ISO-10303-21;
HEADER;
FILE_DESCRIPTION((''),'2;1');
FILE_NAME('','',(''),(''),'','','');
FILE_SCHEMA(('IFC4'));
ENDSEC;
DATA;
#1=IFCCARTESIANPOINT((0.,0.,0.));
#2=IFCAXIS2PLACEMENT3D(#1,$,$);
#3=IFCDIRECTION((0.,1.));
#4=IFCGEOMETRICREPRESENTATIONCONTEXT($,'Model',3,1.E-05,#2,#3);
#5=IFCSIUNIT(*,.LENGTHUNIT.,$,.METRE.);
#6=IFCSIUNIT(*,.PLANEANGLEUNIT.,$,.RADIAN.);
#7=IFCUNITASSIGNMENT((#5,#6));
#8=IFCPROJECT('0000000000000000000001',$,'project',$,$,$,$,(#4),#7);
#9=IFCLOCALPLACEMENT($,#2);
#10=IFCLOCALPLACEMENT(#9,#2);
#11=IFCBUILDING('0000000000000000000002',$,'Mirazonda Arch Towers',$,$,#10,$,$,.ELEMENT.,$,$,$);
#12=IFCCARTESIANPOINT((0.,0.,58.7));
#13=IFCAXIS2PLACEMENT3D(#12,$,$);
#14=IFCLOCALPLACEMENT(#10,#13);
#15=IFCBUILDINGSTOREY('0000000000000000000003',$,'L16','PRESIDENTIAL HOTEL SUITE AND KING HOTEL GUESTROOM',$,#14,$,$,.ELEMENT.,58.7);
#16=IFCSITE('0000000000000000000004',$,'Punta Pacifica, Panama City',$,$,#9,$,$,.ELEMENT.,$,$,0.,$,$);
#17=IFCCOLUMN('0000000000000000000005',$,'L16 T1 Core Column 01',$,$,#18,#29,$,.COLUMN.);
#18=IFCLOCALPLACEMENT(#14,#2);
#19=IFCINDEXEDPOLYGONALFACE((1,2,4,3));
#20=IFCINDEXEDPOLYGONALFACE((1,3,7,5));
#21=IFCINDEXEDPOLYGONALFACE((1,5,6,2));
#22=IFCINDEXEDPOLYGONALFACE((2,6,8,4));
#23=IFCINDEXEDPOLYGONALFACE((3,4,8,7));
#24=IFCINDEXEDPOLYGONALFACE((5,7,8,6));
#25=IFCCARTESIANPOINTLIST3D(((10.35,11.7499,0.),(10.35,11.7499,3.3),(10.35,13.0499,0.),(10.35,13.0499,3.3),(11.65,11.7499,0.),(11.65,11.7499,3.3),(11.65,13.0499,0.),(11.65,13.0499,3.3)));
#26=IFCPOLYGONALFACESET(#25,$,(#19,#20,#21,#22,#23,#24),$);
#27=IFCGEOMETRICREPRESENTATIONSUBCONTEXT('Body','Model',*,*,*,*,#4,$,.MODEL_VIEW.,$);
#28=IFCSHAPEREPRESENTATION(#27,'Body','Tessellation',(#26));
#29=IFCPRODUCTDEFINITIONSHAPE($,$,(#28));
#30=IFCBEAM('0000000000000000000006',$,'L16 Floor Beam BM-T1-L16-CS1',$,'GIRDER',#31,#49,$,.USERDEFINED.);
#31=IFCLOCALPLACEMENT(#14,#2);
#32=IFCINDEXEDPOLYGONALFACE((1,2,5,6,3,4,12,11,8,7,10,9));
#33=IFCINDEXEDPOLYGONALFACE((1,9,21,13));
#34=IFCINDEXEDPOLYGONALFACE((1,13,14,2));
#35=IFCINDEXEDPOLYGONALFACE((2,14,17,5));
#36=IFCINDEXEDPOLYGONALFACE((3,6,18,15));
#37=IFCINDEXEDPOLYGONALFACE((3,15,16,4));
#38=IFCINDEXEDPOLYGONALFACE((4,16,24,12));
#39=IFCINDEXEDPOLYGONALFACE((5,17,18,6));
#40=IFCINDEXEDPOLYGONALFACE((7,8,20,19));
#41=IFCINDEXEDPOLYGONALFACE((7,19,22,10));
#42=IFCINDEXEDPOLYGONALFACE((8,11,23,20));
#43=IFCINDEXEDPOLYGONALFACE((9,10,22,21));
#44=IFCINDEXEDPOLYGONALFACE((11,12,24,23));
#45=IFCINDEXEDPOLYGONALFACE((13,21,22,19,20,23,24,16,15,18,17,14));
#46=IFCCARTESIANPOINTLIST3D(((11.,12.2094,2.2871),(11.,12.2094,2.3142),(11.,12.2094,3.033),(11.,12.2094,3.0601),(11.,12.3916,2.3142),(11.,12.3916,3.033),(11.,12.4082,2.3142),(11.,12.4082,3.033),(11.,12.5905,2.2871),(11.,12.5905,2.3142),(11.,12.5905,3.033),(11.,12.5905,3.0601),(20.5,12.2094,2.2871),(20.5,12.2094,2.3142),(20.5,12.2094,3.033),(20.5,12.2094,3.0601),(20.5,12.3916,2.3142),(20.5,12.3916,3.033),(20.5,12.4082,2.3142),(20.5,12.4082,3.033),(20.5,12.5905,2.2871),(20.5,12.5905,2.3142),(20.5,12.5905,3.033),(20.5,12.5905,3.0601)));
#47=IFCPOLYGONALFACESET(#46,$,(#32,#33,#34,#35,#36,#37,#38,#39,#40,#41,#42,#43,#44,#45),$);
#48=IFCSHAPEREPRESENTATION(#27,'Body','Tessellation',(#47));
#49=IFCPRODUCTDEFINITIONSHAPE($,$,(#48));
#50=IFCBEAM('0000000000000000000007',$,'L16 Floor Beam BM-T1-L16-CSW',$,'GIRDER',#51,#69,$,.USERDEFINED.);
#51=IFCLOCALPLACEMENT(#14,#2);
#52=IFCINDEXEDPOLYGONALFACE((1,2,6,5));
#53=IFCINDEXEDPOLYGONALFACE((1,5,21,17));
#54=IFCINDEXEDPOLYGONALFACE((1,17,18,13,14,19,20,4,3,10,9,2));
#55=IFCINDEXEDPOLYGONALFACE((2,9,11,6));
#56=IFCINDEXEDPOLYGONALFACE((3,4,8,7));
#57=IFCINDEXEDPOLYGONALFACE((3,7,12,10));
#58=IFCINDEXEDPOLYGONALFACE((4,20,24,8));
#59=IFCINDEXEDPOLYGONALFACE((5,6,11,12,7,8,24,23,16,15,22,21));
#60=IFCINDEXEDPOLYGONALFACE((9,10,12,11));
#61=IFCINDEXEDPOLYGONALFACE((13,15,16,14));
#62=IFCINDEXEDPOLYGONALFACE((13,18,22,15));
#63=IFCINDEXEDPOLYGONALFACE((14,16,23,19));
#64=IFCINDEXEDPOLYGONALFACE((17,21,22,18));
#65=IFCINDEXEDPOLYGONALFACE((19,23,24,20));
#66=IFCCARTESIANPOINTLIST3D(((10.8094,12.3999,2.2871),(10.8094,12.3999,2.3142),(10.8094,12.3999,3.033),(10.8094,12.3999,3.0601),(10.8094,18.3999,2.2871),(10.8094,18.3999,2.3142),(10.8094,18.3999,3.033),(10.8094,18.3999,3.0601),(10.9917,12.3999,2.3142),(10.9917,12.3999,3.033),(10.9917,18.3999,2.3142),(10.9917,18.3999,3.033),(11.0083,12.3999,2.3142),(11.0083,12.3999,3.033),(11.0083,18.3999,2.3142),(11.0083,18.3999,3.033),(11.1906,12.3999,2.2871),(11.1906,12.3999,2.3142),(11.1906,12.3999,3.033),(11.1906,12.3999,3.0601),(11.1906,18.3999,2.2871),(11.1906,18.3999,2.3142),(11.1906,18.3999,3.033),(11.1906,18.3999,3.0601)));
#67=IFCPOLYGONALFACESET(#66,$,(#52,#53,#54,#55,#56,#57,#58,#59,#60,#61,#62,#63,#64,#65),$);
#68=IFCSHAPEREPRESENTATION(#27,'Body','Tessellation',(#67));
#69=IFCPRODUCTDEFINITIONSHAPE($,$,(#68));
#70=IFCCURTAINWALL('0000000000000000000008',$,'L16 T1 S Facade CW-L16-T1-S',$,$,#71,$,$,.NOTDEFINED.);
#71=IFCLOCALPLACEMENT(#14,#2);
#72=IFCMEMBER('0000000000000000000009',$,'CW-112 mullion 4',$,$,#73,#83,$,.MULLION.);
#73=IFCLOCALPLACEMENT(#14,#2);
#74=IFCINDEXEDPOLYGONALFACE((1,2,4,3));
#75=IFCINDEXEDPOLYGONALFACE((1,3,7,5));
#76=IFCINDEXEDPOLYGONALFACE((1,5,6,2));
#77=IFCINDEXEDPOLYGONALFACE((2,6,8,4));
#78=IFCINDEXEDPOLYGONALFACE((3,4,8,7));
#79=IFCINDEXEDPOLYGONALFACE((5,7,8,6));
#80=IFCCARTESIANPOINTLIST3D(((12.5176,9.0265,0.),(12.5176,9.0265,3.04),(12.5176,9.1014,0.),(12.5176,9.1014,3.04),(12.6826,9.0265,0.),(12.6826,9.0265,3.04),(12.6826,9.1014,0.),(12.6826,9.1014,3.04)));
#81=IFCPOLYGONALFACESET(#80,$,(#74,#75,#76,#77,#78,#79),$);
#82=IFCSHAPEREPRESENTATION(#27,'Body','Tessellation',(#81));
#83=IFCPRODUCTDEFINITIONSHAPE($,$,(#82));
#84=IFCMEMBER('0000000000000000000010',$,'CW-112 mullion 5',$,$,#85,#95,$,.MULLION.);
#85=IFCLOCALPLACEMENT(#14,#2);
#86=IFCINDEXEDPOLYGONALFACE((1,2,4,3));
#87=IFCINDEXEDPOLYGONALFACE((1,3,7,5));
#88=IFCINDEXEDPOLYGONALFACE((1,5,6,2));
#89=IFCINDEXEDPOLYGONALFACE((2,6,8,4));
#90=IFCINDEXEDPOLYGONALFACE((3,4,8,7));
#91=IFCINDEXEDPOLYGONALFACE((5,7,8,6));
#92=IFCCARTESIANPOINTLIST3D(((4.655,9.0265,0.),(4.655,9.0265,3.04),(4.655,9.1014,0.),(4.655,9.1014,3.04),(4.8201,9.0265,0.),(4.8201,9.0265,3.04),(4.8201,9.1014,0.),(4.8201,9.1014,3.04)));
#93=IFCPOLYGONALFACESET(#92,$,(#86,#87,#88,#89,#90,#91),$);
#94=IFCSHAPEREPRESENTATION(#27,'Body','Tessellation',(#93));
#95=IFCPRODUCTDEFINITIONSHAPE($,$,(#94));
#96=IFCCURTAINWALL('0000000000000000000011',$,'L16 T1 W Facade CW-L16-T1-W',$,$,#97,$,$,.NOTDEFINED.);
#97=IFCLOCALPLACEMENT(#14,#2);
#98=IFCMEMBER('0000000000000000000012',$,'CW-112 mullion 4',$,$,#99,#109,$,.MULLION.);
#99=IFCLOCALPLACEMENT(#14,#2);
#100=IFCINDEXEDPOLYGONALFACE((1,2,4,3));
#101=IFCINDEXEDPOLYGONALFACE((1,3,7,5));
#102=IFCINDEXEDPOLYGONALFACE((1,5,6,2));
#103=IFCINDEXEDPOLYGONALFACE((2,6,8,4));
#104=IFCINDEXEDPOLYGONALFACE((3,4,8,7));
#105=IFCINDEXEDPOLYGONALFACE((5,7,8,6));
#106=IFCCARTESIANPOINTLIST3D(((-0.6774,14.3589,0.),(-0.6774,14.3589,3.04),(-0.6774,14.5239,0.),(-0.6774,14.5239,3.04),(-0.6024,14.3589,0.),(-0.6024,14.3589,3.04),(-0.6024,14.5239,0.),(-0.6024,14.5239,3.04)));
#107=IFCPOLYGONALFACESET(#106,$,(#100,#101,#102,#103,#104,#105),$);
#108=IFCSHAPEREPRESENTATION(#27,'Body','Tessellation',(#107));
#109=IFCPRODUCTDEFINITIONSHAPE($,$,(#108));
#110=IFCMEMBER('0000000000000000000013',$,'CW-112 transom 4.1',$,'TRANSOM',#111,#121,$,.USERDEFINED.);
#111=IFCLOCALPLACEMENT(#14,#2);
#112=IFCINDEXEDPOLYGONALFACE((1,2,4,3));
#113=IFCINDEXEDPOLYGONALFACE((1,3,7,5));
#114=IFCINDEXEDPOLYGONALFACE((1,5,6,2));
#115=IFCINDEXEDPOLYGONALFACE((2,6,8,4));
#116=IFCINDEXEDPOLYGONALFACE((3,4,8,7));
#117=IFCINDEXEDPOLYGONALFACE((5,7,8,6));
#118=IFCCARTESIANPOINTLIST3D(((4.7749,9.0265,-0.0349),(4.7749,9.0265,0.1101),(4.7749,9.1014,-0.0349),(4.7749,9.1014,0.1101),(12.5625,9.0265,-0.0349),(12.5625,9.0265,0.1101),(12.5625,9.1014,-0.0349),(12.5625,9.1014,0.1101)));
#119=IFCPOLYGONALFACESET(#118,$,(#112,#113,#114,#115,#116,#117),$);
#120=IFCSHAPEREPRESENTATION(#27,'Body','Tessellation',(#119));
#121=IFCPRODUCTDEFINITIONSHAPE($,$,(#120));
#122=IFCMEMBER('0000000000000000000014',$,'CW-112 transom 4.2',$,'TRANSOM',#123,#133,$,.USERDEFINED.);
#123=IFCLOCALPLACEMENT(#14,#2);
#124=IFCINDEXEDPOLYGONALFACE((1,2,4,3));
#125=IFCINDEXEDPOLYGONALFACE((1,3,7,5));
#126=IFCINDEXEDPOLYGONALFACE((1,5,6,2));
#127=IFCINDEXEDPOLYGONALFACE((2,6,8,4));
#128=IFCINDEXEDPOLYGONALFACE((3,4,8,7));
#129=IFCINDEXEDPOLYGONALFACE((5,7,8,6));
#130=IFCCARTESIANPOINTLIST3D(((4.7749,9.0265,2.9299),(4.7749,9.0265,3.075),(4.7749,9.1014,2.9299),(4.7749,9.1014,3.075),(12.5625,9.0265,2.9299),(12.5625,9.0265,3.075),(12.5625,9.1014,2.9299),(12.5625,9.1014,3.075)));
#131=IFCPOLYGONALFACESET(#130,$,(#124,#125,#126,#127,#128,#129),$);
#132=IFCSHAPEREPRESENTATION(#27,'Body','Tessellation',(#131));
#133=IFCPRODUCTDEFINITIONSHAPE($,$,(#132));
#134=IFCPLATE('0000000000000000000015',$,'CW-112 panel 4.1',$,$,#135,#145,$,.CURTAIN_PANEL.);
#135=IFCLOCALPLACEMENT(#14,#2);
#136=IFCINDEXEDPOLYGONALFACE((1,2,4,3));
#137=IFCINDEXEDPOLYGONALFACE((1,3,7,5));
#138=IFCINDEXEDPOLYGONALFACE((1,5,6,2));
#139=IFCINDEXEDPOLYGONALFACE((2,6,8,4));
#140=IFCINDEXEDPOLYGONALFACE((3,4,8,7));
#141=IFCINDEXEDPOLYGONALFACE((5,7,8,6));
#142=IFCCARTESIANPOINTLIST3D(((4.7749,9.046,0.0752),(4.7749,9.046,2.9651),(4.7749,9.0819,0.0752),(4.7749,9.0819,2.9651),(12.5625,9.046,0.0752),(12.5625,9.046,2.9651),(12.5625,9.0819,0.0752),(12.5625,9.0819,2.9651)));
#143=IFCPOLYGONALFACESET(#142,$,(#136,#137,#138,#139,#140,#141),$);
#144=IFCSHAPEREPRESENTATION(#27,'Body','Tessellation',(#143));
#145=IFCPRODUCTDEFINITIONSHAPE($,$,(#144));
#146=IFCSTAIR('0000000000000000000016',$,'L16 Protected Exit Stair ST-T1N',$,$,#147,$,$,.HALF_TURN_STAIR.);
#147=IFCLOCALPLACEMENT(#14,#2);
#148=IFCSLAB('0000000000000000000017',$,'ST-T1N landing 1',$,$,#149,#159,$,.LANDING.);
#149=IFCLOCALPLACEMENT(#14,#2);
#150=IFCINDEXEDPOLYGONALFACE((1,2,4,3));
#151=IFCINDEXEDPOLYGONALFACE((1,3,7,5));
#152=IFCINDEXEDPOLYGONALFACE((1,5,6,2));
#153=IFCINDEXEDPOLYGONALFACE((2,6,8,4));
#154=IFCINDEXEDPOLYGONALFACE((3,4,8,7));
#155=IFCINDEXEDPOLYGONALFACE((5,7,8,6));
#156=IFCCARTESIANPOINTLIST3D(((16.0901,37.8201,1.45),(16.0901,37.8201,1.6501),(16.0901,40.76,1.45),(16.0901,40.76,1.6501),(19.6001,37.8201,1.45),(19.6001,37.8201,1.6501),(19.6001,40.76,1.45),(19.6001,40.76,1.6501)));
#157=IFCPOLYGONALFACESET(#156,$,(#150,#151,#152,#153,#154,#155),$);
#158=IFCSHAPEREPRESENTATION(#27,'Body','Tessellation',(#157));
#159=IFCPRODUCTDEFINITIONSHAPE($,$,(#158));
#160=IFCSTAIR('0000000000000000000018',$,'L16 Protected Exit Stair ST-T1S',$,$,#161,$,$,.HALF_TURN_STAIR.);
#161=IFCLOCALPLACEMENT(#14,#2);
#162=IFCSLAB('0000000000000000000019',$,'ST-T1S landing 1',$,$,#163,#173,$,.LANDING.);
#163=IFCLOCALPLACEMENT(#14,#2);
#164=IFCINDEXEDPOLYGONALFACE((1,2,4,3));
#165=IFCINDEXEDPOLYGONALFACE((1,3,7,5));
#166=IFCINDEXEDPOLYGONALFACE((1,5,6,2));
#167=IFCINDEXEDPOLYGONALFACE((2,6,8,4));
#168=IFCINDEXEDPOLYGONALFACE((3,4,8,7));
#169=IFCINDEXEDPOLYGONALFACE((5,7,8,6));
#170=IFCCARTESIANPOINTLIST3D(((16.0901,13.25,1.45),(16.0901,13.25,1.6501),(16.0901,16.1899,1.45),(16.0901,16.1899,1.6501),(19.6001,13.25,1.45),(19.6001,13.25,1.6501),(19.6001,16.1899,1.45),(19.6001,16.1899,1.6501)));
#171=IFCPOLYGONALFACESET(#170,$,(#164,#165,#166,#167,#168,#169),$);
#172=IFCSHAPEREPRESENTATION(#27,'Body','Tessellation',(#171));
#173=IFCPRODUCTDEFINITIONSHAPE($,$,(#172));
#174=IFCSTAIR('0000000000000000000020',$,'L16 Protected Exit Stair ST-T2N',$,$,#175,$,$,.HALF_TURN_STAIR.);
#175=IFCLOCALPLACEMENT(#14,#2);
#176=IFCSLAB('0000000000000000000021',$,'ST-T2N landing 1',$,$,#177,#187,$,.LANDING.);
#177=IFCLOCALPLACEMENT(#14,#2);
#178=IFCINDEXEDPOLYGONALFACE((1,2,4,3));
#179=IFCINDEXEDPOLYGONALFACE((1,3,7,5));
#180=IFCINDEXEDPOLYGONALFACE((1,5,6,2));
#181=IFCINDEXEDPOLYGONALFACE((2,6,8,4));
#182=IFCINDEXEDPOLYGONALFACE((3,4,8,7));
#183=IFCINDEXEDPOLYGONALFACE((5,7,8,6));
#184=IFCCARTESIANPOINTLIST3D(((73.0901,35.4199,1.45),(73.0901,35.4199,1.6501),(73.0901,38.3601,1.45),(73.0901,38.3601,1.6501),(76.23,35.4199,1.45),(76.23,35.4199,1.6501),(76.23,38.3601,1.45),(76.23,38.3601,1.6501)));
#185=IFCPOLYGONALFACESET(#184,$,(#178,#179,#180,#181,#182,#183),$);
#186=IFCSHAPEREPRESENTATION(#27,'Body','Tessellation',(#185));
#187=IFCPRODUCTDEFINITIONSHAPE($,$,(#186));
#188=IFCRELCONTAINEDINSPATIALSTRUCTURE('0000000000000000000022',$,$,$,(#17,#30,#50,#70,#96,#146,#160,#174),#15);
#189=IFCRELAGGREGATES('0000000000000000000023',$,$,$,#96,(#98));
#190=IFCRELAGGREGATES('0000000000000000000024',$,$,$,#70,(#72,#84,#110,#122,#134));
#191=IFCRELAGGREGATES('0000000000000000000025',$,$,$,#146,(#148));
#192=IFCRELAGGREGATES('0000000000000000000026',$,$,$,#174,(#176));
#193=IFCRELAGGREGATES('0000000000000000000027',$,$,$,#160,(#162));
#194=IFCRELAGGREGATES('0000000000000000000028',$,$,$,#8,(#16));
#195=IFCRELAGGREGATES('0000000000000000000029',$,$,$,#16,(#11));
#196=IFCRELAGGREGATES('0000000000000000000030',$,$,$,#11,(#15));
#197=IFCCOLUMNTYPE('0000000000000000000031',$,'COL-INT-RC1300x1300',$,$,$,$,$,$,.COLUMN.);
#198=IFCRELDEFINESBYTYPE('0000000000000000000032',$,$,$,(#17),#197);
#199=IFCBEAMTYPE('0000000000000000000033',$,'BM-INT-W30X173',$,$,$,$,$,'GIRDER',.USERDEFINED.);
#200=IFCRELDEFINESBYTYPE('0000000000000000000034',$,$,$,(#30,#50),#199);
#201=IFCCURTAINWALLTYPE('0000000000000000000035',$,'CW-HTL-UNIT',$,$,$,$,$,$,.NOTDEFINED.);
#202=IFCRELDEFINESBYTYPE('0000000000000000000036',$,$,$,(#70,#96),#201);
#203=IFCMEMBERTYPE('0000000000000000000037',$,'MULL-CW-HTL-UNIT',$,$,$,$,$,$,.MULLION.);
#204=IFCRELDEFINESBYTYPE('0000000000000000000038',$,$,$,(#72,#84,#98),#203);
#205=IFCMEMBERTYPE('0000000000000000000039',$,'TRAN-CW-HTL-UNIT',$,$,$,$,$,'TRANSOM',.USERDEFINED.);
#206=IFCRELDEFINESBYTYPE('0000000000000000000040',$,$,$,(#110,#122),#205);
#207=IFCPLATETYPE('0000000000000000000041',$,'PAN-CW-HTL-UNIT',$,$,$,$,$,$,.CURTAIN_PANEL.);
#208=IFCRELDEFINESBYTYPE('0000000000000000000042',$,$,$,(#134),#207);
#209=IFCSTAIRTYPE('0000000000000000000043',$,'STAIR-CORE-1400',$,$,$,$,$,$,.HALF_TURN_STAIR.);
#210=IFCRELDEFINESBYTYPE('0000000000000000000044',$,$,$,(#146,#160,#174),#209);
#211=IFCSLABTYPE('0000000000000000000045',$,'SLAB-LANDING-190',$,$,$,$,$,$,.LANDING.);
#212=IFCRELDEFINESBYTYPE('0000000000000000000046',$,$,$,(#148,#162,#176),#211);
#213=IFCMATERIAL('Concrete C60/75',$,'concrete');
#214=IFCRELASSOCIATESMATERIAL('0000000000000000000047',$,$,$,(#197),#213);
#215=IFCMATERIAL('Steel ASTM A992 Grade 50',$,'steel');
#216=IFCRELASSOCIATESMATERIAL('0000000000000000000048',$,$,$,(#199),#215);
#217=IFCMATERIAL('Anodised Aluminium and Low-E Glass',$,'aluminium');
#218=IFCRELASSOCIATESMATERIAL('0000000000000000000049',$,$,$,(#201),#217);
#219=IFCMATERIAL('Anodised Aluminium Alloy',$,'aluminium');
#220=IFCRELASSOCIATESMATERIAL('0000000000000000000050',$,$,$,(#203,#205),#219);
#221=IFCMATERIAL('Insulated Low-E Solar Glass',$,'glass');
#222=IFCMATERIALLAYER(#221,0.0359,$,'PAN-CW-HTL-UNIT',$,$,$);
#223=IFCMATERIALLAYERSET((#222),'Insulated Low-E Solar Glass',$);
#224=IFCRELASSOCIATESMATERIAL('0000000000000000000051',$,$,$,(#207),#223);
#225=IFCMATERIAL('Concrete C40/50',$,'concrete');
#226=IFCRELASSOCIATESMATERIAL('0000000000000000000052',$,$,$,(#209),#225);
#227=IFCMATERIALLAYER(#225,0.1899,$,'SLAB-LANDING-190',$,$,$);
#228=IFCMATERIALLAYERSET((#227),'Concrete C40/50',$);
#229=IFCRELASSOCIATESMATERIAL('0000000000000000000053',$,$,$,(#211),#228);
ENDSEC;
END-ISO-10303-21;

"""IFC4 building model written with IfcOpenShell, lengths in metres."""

from ifc_helpers import new_model, si_unit, direction, frame, origin, origin_2d, place, context, subcontext, project, spatial, polyline, rectangle, i_section, outline, extrude, material, layer, layer_set, material_profile, profile_set, type_object, element, aggregate, save


model = new_model("IFC4")

# Units and contexts
model_context = context("Model", 3, precision=1e-05, world=origin(), true_north=direction((0.0, 1.0)))
body_context = subcontext(model_context, "Body", "Model", "MODEL_VIEW")
ifc_project = project(units=[si_unit("LENGTHUNIT", "METRE"), si_unit("PLANEANGLEUNIT", "RADIAN")], contexts=[model_context])

# Site, building, storey
site_placement = place(None, origin())
site = spatial("IfcSite", under=ifc_project, at=site_placement, Name="Punta Pacifica, Panama City", CompositionType="ELEMENT", RefElevation=0.0)
building_placement = place(site_placement, origin())
building = spatial("IfcBuilding", under=site, at=building_placement, Name="Mirazonda Arch Towers", CompositionType="ELEMENT")
storey_placement = place(building_placement, frame((0.0, 0.0, 58.7)))
storey = spatial("IfcBuildingStorey", under=building, at=storey_placement, Name="L16", Description="PRESIDENTIAL HOTEL SUITE AND KING HOTEL GUESTROOM", CompositionType="ELEMENT", Elevation=58.7)

# Column
ifc_material_1 = material(Name="Concrete C60/75", Category="concrete")
ifc_material_profile_1 = material_profile(ifc_material_1, rectangle(XDim=1.3, YDim=1.3, at=origin_2d()), Name="RC1300x1300")
ifc_profile_set_1 = profile_set([ifc_material_profile_1], Name="Concrete C60/75")
column_type = type_object("IfcColumnType", Name="COL-INT-RC1300x1300", PredefinedType="COLUMN", material=ifc_profile_set_1)
column_placement = place(storey_placement, frame((11.0, 12.3999, 0.0), z_axis=(0.0, 0.0, 1.0), x_axis=(1.0, 0.0, 0.0)))
element("IfcColumn", 1, at=column_placement, inside=storey, type_object=column_type, Name="L16 T1 Core Column 01", PredefinedType="COLUMN", context=body_context, shape_type="SweptSolid", body=[
    extrude(rectangle(XDim=1.3, YDim=1.3, at=origin_2d()), origin(), (0.0, 0.0, 1.0), 3.3),
])

# Beams
ifc_material_2 = material(Name="Steel ASTM A992 Grade 50", Category="steel")
ifc_material_profile_2 = material_profile(ifc_material_2, i_section(OverallWidth=0.3811, OverallDepth=0.7729, WebThickness=0.0166, FlangeThickness=0.0271, at=origin_2d()), Name="W30X173")
ifc_profile_set_2 = profile_set([ifc_material_profile_2], Name="Steel ASTM A992 Grade 50")
beam_type = type_object("IfcBeamType", Name="BM-INT-W30X173", ElementType="GIRDER", PredefinedType="USERDEFINED", material=ifc_profile_set_2)
beam_1_placement = place(storey_placement, frame((11.0, 12.3999, 2.6736), z_axis=(1.0, 0.0, 0.0), x_axis=(0.0, 1.0, 0.0)))
element("IfcBeam", 2, at=beam_1_placement, inside=storey, type_object=beam_type, Name="L16 Floor Beam BM-T1-L16-CS1", ObjectType="GIRDER", PredefinedType="USERDEFINED", context=body_context, shape_type="SweptSolid", body=[
    extrude(i_section(OverallWidth=0.3811, OverallDepth=0.7729, WebThickness=0.0166, FlangeThickness=0.0271, at=origin_2d()), origin(), (0.0, 0.0, 1.0), 9.5),
])
beam_2_placement = place(storey_placement, frame((11.0, 12.3999, 2.6736), z_axis=(0.0, 1.0, 0.0), x_axis=(-1.0, 0.0, 0.0)))
element("IfcBeam", 3, at=beam_2_placement, inside=storey, type_object=beam_type, Name="L16 Floor Beam BM-T1-L16-CSW", ObjectType="GIRDER", PredefinedType="USERDEFINED", context=body_context, shape_type="SweptSolid", body=[
    extrude(i_section(OverallWidth=0.3811, OverallDepth=0.7729, WebThickness=0.0166, FlangeThickness=0.0271, at=origin_2d()), origin(), (0.0, 0.0, 1.0), 6.0),
])

# Curtain wall, members
ifc_material_3 = material(Name="Anodised Aluminium and Low-E Glass", Category="aluminium")
curtain_wall_type = type_object("IfcCurtainWallType", Name="CW-HTL-UNIT", PredefinedType="NOTDEFINED", material=ifc_material_3)
curtain_wall_1_placement = place(storey_placement, origin())
curtain_wall_1 = element("IfcCurtainWall", 4, at=curtain_wall_1_placement, inside=storey, type_object=curtain_wall_type, Name="L16 T1 S Facade CW-L16-T1-S", PredefinedType="NOTDEFINED")
ifc_material_4 = material(Name="Anodised Aluminium Alloy", Category="aluminium")
ifc_material_profile_3 = material_profile(ifc_material_4, rectangle(XDim=0.075, YDim=0.165, at=origin_2d()), Name="ALU-MULL-75x165")
ifc_profile_set_3 = profile_set([ifc_material_profile_3], Name="Anodised Aluminium Alloy")
member_type_1 = type_object("IfcMemberType", Name="MULL-CW-HTL-UNIT", PredefinedType="MULLION", material=ifc_profile_set_3)
member_1_placement = place(storey_placement, frame((12.6001, 9.064, 0.0), z_axis=(0.0, 0.0, 1.0), x_axis=(0.0, -1.0, 0.0)))
member_1 = element("IfcMember", 5, at=member_1_placement, type_object=member_type_1, Name="CW-112 mullion 4", PredefinedType="MULLION", context=body_context, shape_type="SweptSolid", body=[
    extrude(rectangle(XDim=0.075, YDim=0.165, at=origin_2d()), origin(), (0.0, 0.0, 1.0), 3.04),
])
member_2_placement = place(storey_placement, frame((4.7375, 9.064, 0.0), z_axis=(0.0, 0.0, 1.0), x_axis=(0.0, -1.0, 0.0)))
member_2 = element("IfcMember", 6, at=member_2_placement, type_object=member_type_1, Name="CW-112 mullion 5", PredefinedType="MULLION", context=body_context, shape_type="SweptSolid", body=[
    extrude(rectangle(XDim=0.075, YDim=0.165, at=origin_2d()), origin(), (0.0, 0.0, 1.0), 3.04),
])

# Curtain wall, member
curtain_wall_2_placement = place(storey_placement, origin())
curtain_wall_2 = element("IfcCurtainWall", 7, at=curtain_wall_2_placement, inside=storey, type_object=curtain_wall_type, Name="L16 T1 W Facade CW-L16-T1-W", PredefinedType="NOTDEFINED")
member_3_placement = place(storey_placement, frame((-0.6399, 14.4414, 0.0), z_axis=(0.0, 0.0, 1.0), x_axis=(1.0, 0.0, 0.0)))
member_3 = element("IfcMember", 8, at=member_3_placement, type_object=member_type_1, Name="CW-112 mullion 4", PredefinedType="MULLION", context=body_context, shape_type="SweptSolid", body=[
    extrude(rectangle(XDim=0.075, YDim=0.165, at=origin_2d()), origin(), (0.0, 0.0, 1.0), 3.04),
])
aggregate(curtain_wall_2, [member_3])

# Members
ifc_material_profile_4 = material_profile(ifc_material_4, rectangle(XDim=0.075, YDim=0.145, at=origin_2d()), Name="ALU-TRAN-75x145")
ifc_profile_set_4 = profile_set([ifc_material_profile_4], Name="Anodised Aluminium Alloy")
member_type_2 = type_object("IfcMemberType", Name="TRAN-CW-HTL-UNIT", ElementType="TRANSOM", PredefinedType="USERDEFINED", material=ifc_profile_set_4)
member_4_placement = place(storey_placement, frame((12.5625, 9.064, 0.0376), z_axis=(-1.0, 0.0, 0.0), x_axis=(0.0, -1.0, 0.0)))
member_4 = element("IfcMember", 9, at=member_4_placement, type_object=member_type_2, Name="CW-112 transom 4.1", ObjectType="TRANSOM", PredefinedType="USERDEFINED", context=body_context, shape_type="SweptSolid", body=[
    extrude(rectangle(XDim=0.075, YDim=0.145, at=origin_2d()), origin(), (0.0, 0.0, 1.0), 7.7876),
])
member_5_placement = place(storey_placement, frame((12.5625, 9.064, 3.0024), z_axis=(-1.0, 0.0, 0.0), x_axis=(0.0, -1.0, 0.0)))
member_5 = element("IfcMember", 10, at=member_5_placement, type_object=member_type_2, Name="CW-112 transom 4.2", ObjectType="TRANSOM", PredefinedType="USERDEFINED", context=body_context, shape_type="SweptSolid", body=[
    extrude(rectangle(XDim=0.075, YDim=0.145, at=origin_2d()), origin(), (0.0, 0.0, 1.0), 7.7876),
])

# Plate
ifc_material_5 = material(Name="Insulated Low-E Solar Glass", Category="glass")
ifc_layer_1 = layer(ifc_material_5, 0.0359, Name="PAN-CW-HTL-UNIT")
ifc_layer_set_1 = layer_set([ifc_layer_1], Name="Insulated Low-E Solar Glass")
plate_type = type_object("IfcPlateType", Name="PAN-CW-HTL-UNIT", PredefinedType="CURTAIN_PANEL", material=ifc_layer_set_1)
plate_placement = place(storey_placement, frame((8.6687, 9.064, 0.0752), z_axis=(0.0, 0.0, 1.0), x_axis=(-1.0, 0.0, 0.0)))
plate = element("IfcPlate", 11, at=plate_placement, type_object=plate_type, Name="CW-112 panel 4.1", PredefinedType="CURTAIN_PANEL", context=body_context, shape_type="SweptSolid", body=[
    extrude(rectangle(XDim=7.7876, YDim=0.0359, at=origin_2d()), origin(), (0.0, 0.0, 1.0), 2.8899),
])
aggregate(curtain_wall_1, [member_1, member_2, member_4, member_5, plate])

# Stairs, slabs
ifc_material_6 = material(Name="Concrete C40/50", Category="concrete")
stair_type = type_object("IfcStairType", Name="STAIR-CORE-1400", PredefinedType="HALF_TURN_STAIR", material=ifc_material_6)
stair_1_placement = place(storey_placement, origin())
stair_1 = element("IfcStair", 12, at=stair_1_placement, inside=storey, type_object=stair_type, Name="L16 Protected Exit Stair ST-T1N", PredefinedType="HALF_TURN_STAIR")
ifc_layer_2 = layer(ifc_material_6, 0.1899, Name="SLAB-LANDING-190")
ifc_layer_set_2 = layer_set([ifc_layer_2], Name="Concrete C40/50")
slab_type_1 = type_object("IfcSlabType", Name="SLAB-LANDING-190", PredefinedType="LANDING", material=ifc_layer_set_2)
slab_1_placement = place(storey_placement, frame((0.0, 0.0, 1.45)))
slab_1 = element("IfcSlab", 13, at=slab_1_placement, type_object=slab_type_1, Name="ST-T1N landing 1", PredefinedType="LANDING", context=body_context, shape_type="SweptSolid", body=[
    extrude(outline(polyline([(16.0901, 37.8201), (19.6001, 37.8201), (19.6001, 40.76), (16.0901, 40.76), (16.0901, 37.8201)])), origin(), (0.0, 0.0, 1.0), 0.2002),
])
aggregate(stair_1, [slab_1])
stair_2_placement = place(storey_placement, origin())
stair_2 = element("IfcStair", 14, at=stair_2_placement, inside=storey, type_object=stair_type, Name="L16 Protected Exit Stair ST-T1S", PredefinedType="HALF_TURN_STAIR")
slab_2_placement = place(storey_placement, frame((0.0, 0.0, 1.45)))
slab_2 = element("IfcSlab", 15, at=slab_2_placement, type_object=slab_type_1, Name="ST-T1S landing 1", PredefinedType="LANDING", context=body_context, shape_type="SweptSolid", body=[
    extrude(outline(polyline([(16.0901, 13.25), (19.6001, 13.25), (19.6001, 16.1899), (16.0901, 16.1899), (16.0901, 13.25)])), origin(), (0.0, 0.0, 1.0), 0.2002),
])
stair_3_placement = place(storey_placement, origin())
stair_3 = element("IfcStair", 16, at=stair_3_placement, inside=storey, type_object=stair_type, Name="L16 Protected Exit Stair ST-T2N", PredefinedType="HALF_TURN_STAIR")
slab_3_placement = place(storey_placement, frame((0.0, 0.0, 1.45)))
slab_3 = element("IfcSlab", 17, at=slab_3_placement, type_object=slab_type_1, Name="ST-T2N landing 1", PredefinedType="LANDING", context=body_context, shape_type="SweptSolid", body=[
    extrude(outline(polyline([(73.0901, 35.4199), (76.23, 35.4199), (76.23, 38.3601), (73.0901, 38.3601), (73.0901, 35.4199)])), origin(), (0.0, 0.0, 1.0), 0.2002),
])
aggregate(stair_3, [slab_3])

aggregate(stair_2, [slab_2])

save(model, "model.ifc")
